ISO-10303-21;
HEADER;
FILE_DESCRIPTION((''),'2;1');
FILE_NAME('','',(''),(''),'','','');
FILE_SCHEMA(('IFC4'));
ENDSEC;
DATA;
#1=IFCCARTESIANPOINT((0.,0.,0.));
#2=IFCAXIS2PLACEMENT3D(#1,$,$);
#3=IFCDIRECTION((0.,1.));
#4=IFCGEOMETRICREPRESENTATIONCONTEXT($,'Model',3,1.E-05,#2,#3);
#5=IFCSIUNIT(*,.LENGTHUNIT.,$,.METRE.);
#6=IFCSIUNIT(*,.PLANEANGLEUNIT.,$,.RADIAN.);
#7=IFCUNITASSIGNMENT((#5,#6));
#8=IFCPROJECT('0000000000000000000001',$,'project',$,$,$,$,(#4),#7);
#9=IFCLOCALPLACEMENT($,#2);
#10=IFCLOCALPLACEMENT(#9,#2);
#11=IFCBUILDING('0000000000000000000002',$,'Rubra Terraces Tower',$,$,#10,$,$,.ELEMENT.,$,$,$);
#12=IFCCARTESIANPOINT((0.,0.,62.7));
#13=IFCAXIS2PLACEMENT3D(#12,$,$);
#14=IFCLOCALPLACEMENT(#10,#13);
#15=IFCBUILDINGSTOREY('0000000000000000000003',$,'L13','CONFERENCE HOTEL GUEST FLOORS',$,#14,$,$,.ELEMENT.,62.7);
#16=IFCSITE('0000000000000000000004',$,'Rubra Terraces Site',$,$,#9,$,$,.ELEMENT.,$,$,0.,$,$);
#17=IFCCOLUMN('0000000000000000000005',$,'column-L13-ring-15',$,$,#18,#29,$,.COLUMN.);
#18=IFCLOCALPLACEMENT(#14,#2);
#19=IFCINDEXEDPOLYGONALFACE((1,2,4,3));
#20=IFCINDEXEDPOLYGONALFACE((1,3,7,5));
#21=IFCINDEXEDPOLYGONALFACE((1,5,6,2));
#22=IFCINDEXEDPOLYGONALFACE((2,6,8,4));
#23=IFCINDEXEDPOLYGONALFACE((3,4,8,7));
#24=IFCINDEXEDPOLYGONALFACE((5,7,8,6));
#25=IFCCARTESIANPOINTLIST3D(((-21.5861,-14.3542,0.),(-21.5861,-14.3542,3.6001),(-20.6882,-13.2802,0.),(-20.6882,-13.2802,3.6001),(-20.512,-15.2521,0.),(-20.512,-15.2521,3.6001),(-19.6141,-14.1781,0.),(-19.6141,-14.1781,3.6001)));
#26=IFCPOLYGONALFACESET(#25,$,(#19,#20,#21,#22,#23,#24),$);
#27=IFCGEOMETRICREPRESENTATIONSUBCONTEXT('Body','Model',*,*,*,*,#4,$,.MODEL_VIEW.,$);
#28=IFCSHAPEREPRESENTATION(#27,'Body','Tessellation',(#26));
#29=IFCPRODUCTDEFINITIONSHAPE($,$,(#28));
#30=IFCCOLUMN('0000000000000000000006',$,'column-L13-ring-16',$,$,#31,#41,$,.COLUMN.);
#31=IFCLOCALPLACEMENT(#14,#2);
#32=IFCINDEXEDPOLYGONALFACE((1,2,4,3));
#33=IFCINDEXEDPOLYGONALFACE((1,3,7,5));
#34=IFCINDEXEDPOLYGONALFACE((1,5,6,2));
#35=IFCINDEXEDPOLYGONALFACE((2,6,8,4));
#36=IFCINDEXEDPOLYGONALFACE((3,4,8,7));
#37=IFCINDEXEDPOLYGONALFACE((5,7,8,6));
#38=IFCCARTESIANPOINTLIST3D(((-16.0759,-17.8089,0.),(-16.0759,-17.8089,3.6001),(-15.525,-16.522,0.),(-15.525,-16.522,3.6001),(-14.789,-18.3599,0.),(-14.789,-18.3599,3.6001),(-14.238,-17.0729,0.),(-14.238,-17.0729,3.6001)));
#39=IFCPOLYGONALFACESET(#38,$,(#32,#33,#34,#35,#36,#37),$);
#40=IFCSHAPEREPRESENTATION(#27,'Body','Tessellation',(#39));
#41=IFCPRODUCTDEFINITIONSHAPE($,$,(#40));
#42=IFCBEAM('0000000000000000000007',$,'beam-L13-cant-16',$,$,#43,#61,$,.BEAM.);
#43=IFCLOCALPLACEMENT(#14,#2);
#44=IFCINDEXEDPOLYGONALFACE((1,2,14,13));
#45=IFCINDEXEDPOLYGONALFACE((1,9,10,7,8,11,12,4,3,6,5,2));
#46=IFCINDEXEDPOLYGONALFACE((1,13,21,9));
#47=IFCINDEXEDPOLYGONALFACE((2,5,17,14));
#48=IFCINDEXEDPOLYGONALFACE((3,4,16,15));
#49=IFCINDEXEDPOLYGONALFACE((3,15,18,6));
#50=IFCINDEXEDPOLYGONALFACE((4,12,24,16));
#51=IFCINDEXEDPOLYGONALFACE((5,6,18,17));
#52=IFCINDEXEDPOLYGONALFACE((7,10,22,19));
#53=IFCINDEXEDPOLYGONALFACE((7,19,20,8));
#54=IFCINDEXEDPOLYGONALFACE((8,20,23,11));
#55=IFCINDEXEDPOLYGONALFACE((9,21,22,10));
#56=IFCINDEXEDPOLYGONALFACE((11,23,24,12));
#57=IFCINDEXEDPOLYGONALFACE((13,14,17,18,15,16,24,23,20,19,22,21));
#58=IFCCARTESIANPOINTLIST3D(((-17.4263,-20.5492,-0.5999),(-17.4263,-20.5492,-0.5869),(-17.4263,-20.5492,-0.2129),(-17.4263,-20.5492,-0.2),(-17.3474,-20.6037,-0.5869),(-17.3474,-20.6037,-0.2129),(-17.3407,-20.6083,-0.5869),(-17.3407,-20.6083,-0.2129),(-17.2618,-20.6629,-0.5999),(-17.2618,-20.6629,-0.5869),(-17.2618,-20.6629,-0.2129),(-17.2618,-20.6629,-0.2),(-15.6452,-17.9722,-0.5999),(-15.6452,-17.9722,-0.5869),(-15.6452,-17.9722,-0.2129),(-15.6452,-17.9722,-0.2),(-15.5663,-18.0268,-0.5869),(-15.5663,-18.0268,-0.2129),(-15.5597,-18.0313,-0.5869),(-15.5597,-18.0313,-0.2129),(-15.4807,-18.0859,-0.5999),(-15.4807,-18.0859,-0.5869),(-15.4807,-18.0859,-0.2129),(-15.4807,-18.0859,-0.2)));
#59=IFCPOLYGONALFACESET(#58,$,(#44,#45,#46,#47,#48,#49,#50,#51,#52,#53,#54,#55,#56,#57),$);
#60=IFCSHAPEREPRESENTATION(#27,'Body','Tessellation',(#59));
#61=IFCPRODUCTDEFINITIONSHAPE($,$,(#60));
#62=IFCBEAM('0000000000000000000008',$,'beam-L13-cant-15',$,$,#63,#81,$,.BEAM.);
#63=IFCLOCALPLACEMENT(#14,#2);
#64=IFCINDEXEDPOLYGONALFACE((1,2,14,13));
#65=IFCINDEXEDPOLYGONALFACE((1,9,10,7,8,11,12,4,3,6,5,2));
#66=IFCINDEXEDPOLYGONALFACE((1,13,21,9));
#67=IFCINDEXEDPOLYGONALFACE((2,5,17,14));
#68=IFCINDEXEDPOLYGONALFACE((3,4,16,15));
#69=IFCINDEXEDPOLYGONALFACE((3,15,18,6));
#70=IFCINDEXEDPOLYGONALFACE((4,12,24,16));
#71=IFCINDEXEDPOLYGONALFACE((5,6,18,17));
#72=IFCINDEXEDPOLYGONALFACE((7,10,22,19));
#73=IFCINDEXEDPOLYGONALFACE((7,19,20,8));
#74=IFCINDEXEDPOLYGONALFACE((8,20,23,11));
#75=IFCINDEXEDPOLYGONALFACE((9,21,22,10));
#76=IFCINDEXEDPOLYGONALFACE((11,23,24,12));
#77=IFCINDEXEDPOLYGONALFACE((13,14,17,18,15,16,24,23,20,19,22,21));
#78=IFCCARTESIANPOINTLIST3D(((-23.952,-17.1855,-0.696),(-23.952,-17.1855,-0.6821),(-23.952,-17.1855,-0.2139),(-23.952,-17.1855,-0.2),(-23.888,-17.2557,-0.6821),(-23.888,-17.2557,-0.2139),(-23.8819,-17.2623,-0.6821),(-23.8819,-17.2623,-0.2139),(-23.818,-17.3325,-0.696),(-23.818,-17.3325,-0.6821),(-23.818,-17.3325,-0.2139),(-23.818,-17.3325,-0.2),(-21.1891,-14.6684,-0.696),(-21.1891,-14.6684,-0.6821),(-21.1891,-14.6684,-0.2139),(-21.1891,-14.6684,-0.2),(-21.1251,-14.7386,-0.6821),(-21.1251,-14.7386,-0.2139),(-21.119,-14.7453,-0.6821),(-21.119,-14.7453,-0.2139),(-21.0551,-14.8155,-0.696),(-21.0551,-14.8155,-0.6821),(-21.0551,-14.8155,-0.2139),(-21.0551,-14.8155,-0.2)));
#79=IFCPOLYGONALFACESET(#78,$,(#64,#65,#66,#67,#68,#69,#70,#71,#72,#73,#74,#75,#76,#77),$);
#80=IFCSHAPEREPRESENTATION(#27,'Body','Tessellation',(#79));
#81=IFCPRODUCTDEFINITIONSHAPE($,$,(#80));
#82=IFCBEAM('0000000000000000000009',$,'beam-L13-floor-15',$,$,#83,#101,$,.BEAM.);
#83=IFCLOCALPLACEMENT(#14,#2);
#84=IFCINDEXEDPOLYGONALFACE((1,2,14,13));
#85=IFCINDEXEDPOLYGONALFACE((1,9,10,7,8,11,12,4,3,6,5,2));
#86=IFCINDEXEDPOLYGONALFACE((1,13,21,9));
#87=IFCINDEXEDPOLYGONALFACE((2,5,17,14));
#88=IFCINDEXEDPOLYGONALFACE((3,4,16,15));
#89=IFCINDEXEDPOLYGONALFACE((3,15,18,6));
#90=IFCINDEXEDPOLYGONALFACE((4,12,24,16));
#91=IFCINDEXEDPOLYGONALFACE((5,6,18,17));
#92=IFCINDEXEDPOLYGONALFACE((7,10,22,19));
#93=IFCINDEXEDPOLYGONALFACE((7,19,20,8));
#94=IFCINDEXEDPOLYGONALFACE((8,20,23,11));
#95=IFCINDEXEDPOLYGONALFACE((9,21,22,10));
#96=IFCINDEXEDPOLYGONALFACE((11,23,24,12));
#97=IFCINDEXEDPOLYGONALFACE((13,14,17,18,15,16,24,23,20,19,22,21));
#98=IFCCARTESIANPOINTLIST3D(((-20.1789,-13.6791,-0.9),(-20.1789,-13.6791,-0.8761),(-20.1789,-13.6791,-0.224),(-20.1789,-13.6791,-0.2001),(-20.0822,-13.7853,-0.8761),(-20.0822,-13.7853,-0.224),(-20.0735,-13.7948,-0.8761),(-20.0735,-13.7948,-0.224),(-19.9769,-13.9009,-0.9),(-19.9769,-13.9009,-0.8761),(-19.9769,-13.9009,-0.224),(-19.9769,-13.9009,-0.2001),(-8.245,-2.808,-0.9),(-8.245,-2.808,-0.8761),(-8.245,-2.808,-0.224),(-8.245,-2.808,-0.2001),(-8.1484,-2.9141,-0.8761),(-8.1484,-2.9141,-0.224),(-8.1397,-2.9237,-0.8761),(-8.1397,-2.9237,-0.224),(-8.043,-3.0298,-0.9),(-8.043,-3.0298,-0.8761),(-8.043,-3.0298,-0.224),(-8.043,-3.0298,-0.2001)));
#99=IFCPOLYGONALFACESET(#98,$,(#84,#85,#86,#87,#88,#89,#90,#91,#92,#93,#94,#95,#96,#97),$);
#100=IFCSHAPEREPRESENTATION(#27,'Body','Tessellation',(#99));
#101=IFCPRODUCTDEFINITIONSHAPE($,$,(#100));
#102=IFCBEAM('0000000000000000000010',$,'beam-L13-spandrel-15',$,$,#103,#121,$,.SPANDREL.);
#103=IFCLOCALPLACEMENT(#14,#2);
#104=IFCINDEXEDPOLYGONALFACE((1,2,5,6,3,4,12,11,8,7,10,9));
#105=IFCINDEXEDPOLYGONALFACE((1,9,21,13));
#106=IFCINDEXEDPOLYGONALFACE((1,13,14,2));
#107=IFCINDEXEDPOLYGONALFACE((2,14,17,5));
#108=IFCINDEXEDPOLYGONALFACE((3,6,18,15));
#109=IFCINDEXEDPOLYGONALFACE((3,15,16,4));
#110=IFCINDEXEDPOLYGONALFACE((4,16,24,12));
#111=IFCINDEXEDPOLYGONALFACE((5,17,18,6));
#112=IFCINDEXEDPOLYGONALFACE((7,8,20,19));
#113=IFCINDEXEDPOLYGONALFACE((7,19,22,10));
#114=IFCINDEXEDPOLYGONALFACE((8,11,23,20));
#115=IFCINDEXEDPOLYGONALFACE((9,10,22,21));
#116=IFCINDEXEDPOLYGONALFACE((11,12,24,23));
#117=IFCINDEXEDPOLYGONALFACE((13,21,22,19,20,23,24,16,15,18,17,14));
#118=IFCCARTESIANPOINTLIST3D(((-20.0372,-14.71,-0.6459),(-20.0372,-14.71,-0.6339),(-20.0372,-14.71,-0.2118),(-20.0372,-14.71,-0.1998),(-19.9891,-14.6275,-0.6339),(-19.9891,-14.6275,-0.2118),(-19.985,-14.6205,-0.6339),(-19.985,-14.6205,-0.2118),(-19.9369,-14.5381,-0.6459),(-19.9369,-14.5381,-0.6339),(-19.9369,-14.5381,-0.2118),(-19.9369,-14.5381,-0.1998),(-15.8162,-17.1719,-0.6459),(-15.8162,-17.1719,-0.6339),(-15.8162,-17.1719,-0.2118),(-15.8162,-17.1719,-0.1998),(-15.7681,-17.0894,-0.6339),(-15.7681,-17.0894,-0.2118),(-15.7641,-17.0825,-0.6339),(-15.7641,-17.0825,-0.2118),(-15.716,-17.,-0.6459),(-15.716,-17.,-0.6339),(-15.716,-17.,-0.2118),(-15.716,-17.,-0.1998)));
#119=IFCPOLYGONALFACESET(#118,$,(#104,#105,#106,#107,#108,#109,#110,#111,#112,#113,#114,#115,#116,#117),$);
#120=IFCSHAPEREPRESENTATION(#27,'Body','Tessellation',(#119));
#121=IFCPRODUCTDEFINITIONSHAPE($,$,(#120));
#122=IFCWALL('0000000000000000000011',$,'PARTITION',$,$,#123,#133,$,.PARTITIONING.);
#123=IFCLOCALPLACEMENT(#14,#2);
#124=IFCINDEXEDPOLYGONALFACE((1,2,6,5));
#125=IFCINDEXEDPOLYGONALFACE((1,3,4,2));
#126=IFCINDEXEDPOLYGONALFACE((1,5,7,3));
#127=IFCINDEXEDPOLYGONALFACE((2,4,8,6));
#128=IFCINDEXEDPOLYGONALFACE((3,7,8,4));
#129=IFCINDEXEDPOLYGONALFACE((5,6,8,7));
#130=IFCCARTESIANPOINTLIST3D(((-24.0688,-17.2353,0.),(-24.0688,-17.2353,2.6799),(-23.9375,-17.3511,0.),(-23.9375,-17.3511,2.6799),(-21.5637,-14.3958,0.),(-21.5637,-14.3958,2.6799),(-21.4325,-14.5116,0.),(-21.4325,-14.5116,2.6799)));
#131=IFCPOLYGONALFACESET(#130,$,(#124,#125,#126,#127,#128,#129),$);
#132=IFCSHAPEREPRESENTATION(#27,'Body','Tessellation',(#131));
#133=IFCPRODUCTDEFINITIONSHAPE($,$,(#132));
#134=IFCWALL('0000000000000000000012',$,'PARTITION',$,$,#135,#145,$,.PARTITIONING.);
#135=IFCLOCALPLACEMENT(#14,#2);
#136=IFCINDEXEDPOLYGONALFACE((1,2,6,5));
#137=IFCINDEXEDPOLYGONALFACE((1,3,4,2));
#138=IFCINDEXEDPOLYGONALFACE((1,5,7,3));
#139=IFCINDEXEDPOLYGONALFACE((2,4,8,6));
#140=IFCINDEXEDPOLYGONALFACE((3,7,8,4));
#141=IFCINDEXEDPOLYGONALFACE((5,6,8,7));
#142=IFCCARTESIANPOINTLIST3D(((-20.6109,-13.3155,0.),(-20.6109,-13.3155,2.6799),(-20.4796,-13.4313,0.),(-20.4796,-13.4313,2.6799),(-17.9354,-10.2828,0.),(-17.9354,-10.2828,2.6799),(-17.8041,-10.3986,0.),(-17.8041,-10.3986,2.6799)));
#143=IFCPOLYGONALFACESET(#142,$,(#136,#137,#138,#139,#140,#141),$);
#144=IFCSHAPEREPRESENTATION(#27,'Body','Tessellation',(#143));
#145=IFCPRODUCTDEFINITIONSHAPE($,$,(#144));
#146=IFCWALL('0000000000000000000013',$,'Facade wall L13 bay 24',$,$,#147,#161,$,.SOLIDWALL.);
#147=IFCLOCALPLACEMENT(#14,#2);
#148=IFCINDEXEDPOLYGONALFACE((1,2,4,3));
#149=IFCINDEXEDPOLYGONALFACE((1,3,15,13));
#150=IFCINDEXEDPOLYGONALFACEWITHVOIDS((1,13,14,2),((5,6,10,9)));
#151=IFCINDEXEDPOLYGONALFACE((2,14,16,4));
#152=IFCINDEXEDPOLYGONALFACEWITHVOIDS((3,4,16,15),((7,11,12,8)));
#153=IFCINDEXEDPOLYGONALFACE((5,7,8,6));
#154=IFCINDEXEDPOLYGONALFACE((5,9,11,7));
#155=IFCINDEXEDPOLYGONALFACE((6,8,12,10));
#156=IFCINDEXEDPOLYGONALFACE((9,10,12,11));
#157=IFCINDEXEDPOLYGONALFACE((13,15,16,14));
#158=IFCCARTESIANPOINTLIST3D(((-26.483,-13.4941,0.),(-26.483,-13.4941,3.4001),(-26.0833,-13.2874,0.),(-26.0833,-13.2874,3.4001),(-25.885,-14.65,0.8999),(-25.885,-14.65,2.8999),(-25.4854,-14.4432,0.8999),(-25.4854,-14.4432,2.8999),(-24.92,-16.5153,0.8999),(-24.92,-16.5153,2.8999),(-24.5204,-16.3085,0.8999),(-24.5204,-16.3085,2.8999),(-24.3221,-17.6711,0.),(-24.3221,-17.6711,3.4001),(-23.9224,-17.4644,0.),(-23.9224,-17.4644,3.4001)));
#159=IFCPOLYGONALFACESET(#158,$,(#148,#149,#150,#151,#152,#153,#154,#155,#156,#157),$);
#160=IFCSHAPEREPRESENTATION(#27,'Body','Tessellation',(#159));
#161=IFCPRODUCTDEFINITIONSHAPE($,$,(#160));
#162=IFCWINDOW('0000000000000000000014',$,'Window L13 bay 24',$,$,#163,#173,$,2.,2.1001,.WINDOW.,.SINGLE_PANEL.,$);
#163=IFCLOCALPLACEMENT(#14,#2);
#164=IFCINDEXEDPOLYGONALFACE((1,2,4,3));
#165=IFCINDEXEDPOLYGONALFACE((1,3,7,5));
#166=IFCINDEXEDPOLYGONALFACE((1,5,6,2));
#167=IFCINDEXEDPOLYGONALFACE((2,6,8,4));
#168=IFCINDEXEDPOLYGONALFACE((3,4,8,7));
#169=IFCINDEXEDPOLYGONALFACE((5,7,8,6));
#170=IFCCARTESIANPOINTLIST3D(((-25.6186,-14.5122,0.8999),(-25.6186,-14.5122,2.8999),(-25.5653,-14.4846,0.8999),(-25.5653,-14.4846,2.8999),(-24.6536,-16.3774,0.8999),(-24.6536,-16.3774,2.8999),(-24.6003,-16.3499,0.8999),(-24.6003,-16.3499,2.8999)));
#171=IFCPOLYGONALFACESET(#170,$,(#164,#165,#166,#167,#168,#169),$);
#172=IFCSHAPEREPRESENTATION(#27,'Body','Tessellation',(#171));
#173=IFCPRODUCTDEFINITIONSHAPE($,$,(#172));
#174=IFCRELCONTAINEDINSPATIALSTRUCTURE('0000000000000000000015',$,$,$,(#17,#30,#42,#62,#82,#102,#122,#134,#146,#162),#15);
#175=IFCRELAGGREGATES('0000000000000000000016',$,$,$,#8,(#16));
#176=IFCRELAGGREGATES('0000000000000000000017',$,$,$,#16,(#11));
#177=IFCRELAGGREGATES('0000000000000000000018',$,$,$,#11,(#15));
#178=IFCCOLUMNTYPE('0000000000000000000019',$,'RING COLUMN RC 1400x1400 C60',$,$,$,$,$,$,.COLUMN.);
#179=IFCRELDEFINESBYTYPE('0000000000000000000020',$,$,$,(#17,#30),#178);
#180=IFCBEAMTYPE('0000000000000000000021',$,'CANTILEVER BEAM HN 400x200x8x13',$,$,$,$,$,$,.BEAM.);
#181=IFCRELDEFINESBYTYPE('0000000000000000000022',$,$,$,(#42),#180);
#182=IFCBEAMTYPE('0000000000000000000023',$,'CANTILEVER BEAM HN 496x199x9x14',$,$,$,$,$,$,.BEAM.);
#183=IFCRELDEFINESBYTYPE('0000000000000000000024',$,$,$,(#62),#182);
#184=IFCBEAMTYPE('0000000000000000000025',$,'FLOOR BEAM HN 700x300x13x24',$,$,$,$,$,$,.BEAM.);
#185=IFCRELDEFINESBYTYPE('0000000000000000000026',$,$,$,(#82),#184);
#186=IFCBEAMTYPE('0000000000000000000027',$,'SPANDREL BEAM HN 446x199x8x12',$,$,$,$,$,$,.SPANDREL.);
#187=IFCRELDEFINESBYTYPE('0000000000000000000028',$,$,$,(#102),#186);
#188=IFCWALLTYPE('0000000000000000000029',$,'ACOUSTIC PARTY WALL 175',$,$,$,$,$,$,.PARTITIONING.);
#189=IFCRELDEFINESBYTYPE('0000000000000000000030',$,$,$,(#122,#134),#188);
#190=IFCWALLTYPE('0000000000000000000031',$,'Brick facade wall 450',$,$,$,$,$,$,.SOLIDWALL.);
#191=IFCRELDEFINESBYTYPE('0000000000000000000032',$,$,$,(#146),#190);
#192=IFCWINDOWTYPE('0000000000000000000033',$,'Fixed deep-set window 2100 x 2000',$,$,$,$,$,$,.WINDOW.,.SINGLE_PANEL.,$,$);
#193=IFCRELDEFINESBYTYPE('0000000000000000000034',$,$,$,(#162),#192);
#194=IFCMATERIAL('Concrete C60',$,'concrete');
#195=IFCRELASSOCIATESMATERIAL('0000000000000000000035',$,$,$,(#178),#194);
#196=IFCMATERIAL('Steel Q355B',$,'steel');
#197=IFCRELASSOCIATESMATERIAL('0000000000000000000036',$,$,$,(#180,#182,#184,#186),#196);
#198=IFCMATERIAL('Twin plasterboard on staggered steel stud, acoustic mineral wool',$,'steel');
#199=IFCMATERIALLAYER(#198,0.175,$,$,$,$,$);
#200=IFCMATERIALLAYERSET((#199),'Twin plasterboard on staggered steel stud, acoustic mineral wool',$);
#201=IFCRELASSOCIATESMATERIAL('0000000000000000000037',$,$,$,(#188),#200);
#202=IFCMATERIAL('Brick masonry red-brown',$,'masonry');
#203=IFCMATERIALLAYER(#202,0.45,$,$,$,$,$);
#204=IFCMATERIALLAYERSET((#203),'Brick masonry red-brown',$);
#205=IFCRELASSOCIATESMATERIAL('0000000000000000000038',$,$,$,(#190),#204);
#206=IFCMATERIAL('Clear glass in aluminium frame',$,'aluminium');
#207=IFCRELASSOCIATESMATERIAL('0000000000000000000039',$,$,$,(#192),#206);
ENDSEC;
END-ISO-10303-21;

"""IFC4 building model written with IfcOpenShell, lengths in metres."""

from ifc_helpers import new_model, si_unit, direction, frame, frame_2d, origin, origin_2d, place, context, subcontext, project, spatial, rectangle, i_section, extrude, material, layer, layer_set, material_profile, profile_set, type_object, element, fill, save


model = new_model("IFC4")

# Units and contexts
model_context = context("Model", 3, precision=1e-05, world=origin(), true_north=direction((0.0, 1.0)))
body_context = subcontext(model_context, "Body", "Model", "MODEL_VIEW")
ifc_project = project(units=[si_unit("LENGTHUNIT", "METRE"), si_unit("PLANEANGLEUNIT", "RADIAN")], contexts=[model_context])

# Site, building, storey
site_placement = place(None, origin())
site = spatial("IfcSite", under=ifc_project, at=site_placement, Name="Rubra Terraces Site", CompositionType="ELEMENT", RefElevation=0.0)
building_placement = place(site_placement, origin())
building = spatial("IfcBuilding", under=site, at=building_placement, Name="Rubra Terraces Tower", CompositionType="ELEMENT")
storey_placement = place(building_placement, frame((0.0, 0.0, 62.7)))
storey = spatial("IfcBuildingStorey", under=building, at=storey_placement, Name="L13", Description="CONFERENCE HOTEL GUEST FLOORS", CompositionType="ELEMENT", Elevation=62.7)

# Columns
ifc_material_1 = material(Name="Concrete C60", Category="concrete")
ifc_material_profile_1 = material_profile(ifc_material_1, rectangle(XDim=1.3999, YDim=1.3999, at=origin_2d()), Name="RC 1400x1400")
ifc_profile_set_1 = profile_set([ifc_material_profile_1], Name="Concrete C60")
column_type = type_object("IfcColumnType", Name="RING COLUMN RC 1400x1400 C60", PredefinedType="COLUMN", material=ifc_profile_set_1)
for number, where, z_axis, x_axis, name in (
    (1, (-20.6001, -14.2661, 0.0), (0.0, 0.0, 1.0), (0.76721, -0.641397, 0.0), "column-L13-ring-15"),
    (2, (-15.157, -17.4409, 0.0), (0.0, 0.0, 1.0), (0.919294, -0.393572, 0.0), "column-L13-ring-16"),
):
    element("IfcColumn", number, at=place(storey_placement, frame(where, z_axis=z_axis, x_axis=x_axis)), inside=storey, type_object=column_type, Name=name, PredefinedType="COLUMN", context=body_context, shape_type="SweptSolid", body=[
        extrude(rectangle(XDim=1.3999, YDim=1.3999, at=origin_2d()), origin(), (0.0, 0.0, 1.0), 3.6001),
    ])

# Beams
ifc_material_2 = material(Name="Steel Q355B", Category="steel")
ifc_material_profile_2 = material_profile(ifc_material_2, i_section(OverallWidth=0.2, OverallDepth=0.3999, WebThickness=0.0081, FlangeThickness=0.0129, at=origin_2d()), Name="HN 400x200x8x13")
ifc_profile_set_2 = profile_set([ifc_material_profile_2], Name="Steel Q355B")
beam_type_1 = type_object("IfcBeamType", Name="CANTILEVER BEAM HN 400x200x8x13", PredefinedType="BEAM", material=ifc_profile_set_2)
beam_1_placement = place(storey_placement, frame((-15.563, -18.0291, -0.3999), z_axis=(-0.568561, -0.822641, 0.0), x_axis=(0.822641, -0.568561, 0.0)))
element("IfcBeam", 3, at=beam_1_placement, inside=storey, type_object=beam_type_1, Name="beam-L13-cant-16", PredefinedType="BEAM", context=body_context, shape_type="SweptSolid", body=[
    extrude(i_section(OverallWidth=0.2, OverallDepth=0.3999, WebThickness=0.0081, FlangeThickness=0.0129, at=origin_2d()), origin(), (0.0, 0.0, 1.0), 3.1326),
])
ifc_material_profile_3 = material_profile(ifc_material_2, i_section(OverallWidth=0.199, OverallDepth=0.4961, WebThickness=0.009, FlangeThickness=0.0139, at=origin_2d()), Name="HN 496x199x9x14")
ifc_profile_set_3 = profile_set([ifc_material_profile_3], Name="Steel Q355B")
beam_type_2 = type_object("IfcBeamType", Name="CANTILEVER BEAM HN 496x199x9x14", PredefinedType="BEAM", material=ifc_profile_set_3)
beam_2_placement = place(storey_placement, frame((-21.1221, -14.7419, -0.448), z_axis=(-0.73923, -0.673453, 0.0), x_axis=(0.673453, -0.73923, 0.0)))
element("IfcBeam", 4, at=beam_2_placement, inside=storey, type_object=beam_type_2, Name="beam-L13-cant-15", PredefinedType="BEAM", context=body_context, shape_type="SweptSolid", body=[
    extrude(i_section(OverallWidth=0.199, OverallDepth=0.4961, WebThickness=0.009, FlangeThickness=0.0139, at=origin_2d()), origin(), (0.0, 0.0, 1.0), 3.7375),
])
ifc_material_profile_4 = material_profile(ifc_material_2, i_section(OverallWidth=0.3, OverallDepth=0.7, WebThickness=0.0129, FlangeThickness=0.0239, at=origin_2d()), Name="HN 700x300x13x24")
ifc_profile_set_4 = profile_set([ifc_material_profile_4], Name="Steel Q355B")
beam_type_3 = type_object("IfcBeamType", Name="FLOOR BEAM HN 700x300x13x24", PredefinedType="BEAM", material=ifc_profile_set_4)
beam_3_placement = place(storey_placement, frame((-20.0779, -13.79, -0.55), z_axis=(0.739257, 0.673424, 0.0), x_axis=(-0.673424, 0.739257, 0.0)))
element("IfcBeam", 5, at=beam_3_placement, inside=storey, type_object=beam_type_3, Name="beam-L13-floor-15", PredefinedType="BEAM", context=body_context, shape_type="SweptSolid", body=[
    extrude(i_section(OverallWidth=0.3, OverallDepth=0.7, WebThickness=0.0129, FlangeThickness=0.0239, at=origin_2d()), origin(), (0.0, 0.0, 1.0), 16.1431),
])
ifc_material_profile_5 = material_profile(ifc_material_2, i_section(OverallWidth=0.199, OverallDepth=0.446, WebThickness=0.0081, FlangeThickness=0.012, at=origin_2d()), Name="HN 446x199x8x12")
ifc_profile_set_5 = profile_set([ifc_material_profile_5], Name="Steel Q355B")
beam_type_4 = type_object("IfcBeamType", Name="SPANDREL BEAM HN 446x199x8x12", PredefinedType="SPANDREL", material=ifc_profile_set_5)
beam_4_placement = place(storey_placement, frame((-19.9871, -14.624, -0.4229), z_axis=(0.863806, -0.503824, 0.0), x_axis=(0.503824, 0.863806, 0.0)))
element("IfcBeam", 6, at=beam_4_placement, inside=storey, type_object=beam_type_4, Name="beam-L13-spandrel-15", PredefinedType="SPANDREL", context=body_context, shape_type="SweptSolid", body=[
    extrude(i_section(OverallWidth=0.199, OverallDepth=0.446, WebThickness=0.0081, FlangeThickness=0.012, at=origin_2d()), origin(), (0.0, 0.0, 1.0), 4.8865),
])

# Walls
ifc_material_3 = material(Name="Twin plasterboard on staggered steel stud, acoustic mineral wool", Category="steel")
ifc_layer_1 = layer(ifc_material_3, 0.175)
ifc_layer_set_1 = layer_set([ifc_layer_1], Name="Twin plasterboard on staggered steel stud, acoustic mineral wool")
wall_type_1 = type_object("IfcWallType", Name="ACOUSTIC PARTY WALL 175", PredefinedType="PARTITIONING", material=ifc_layer_set_1)
wall_1_placement = place(storey_placement, frame((-24.0032, -17.2932, 0.0), z_axis=(0.0, 0.0, 1.0), x_axis=(0.661562, 0.749891, 0.0)))
element("IfcWall", 7, at=wall_1_placement, inside=storey, type_object=wall_type_1, Name="PARTITION", PredefinedType="PARTITIONING", context=body_context, shape_type="SweptSolid", body=[
    extrude(rectangle(XDim=3.7866, YDim=0.175, at=frame_2d((1.8933, 0.0))), origin(), (0.0, 0.0, 1.0), 2.6799),
])
wall_2_placement = place(storey_placement, frame((-20.5452, -13.3733, 0.0), z_axis=(0.0, 0.0, 1.0), x_axis=(0.661568, 0.749885, 0.0)))
element("IfcWall", 8, at=wall_2_placement, inside=storey, type_object=wall_type_1, Name="PARTITION", PredefinedType="PARTITIONING", context=body_context, shape_type="SweptSolid", body=[
    extrude(rectangle(XDim=4.0442, YDim=0.175, at=frame_2d((2.022, 0.0))), origin(), (0.0, 0.0, 1.0), 2.6799),
])

# Wall, opening, window
ifc_material_4 = material(Name="Brick masonry red-brown", Category="masonry")
ifc_layer_2 = layer(ifc_material_4, 0.45)
ifc_layer_set_2 = layer_set([ifc_layer_2], Name="Brick masonry red-brown")
wall_type_2 = type_object("IfcWallType", Name="Brick facade wall 450", PredefinedType="SOLIDWALL", material=ifc_layer_set_2)
wall_3_placement = place(storey_placement, frame((-26.2832, -13.3906, 0.0), z_axis=(0.0, 0.0, 1.0), x_axis=(0.459485, -0.888185, 0.0)))
wall_3 = element("IfcWall", 9, at=wall_3_placement, inside=storey, type_object=wall_type_2, Name="Facade wall L13 bay 24", PredefinedType="SOLIDWALL", context=body_context, shape_type="SweptSolid", body=[
    extrude(rectangle(XDim=4.7029, YDim=0.45, at=frame_2d((2.3516, 0.0))), origin(), (0.0, 0.0, 1.0), 3.4001),
])
opening_1_placement = place(wall_3_placement, frame((1.3015, 0.0, 0.8999)))
opening_1 = element("IfcOpeningElement", 10, at=opening_1_placement, cuts=wall_3, PredefinedType="OPENING", context=body_context, shape_type="SweptSolid", body=[
    extrude(rectangle(XDim=2.1001, YDim=2.0, at=frame_2d((1.05, 1.0))), frame((0.0, 0.2349, 0.0), z_axis=(0.0, -1.0, 0.0), x_axis=(1.0, 0.0, 0.0)), (0.0, 0.0, 1.0), 0.47),
])
ifc_material_5 = material(Name="Clear glass in aluminium frame", Category="aluminium")
window_type = type_object("IfcWindowType", Name="Fixed deep-set window 2100 x 2000", PartitioningType="SINGLE_PANEL", PredefinedType="WINDOW", material=ifc_material_5)
window_1_placement = place(opening_1_placement, origin())
window_1 = element("IfcWindow", 11, at=window_1_placement, inside=storey, type_object=window_type, Name="Window L13 bay 24", OverallHeight=2.0, OverallWidth=2.1001, PartitioningType="SINGLE_PANEL", PredefinedType="WINDOW", context=body_context, shape_type="SweptSolid", body=[
    extrude(rectangle(XDim=2.1001, YDim=2.0, at=frame_2d((1.05, 1.0))), frame((0.0, 0.135, 0.0), z_axis=(0.0, -1.0, 0.0), x_axis=(1.0, 0.0, 0.0)), (0.0, 0.0, 1.0), 0.0601),
])
fill(opening_1, window_1)

save(model, "model.ifc")
